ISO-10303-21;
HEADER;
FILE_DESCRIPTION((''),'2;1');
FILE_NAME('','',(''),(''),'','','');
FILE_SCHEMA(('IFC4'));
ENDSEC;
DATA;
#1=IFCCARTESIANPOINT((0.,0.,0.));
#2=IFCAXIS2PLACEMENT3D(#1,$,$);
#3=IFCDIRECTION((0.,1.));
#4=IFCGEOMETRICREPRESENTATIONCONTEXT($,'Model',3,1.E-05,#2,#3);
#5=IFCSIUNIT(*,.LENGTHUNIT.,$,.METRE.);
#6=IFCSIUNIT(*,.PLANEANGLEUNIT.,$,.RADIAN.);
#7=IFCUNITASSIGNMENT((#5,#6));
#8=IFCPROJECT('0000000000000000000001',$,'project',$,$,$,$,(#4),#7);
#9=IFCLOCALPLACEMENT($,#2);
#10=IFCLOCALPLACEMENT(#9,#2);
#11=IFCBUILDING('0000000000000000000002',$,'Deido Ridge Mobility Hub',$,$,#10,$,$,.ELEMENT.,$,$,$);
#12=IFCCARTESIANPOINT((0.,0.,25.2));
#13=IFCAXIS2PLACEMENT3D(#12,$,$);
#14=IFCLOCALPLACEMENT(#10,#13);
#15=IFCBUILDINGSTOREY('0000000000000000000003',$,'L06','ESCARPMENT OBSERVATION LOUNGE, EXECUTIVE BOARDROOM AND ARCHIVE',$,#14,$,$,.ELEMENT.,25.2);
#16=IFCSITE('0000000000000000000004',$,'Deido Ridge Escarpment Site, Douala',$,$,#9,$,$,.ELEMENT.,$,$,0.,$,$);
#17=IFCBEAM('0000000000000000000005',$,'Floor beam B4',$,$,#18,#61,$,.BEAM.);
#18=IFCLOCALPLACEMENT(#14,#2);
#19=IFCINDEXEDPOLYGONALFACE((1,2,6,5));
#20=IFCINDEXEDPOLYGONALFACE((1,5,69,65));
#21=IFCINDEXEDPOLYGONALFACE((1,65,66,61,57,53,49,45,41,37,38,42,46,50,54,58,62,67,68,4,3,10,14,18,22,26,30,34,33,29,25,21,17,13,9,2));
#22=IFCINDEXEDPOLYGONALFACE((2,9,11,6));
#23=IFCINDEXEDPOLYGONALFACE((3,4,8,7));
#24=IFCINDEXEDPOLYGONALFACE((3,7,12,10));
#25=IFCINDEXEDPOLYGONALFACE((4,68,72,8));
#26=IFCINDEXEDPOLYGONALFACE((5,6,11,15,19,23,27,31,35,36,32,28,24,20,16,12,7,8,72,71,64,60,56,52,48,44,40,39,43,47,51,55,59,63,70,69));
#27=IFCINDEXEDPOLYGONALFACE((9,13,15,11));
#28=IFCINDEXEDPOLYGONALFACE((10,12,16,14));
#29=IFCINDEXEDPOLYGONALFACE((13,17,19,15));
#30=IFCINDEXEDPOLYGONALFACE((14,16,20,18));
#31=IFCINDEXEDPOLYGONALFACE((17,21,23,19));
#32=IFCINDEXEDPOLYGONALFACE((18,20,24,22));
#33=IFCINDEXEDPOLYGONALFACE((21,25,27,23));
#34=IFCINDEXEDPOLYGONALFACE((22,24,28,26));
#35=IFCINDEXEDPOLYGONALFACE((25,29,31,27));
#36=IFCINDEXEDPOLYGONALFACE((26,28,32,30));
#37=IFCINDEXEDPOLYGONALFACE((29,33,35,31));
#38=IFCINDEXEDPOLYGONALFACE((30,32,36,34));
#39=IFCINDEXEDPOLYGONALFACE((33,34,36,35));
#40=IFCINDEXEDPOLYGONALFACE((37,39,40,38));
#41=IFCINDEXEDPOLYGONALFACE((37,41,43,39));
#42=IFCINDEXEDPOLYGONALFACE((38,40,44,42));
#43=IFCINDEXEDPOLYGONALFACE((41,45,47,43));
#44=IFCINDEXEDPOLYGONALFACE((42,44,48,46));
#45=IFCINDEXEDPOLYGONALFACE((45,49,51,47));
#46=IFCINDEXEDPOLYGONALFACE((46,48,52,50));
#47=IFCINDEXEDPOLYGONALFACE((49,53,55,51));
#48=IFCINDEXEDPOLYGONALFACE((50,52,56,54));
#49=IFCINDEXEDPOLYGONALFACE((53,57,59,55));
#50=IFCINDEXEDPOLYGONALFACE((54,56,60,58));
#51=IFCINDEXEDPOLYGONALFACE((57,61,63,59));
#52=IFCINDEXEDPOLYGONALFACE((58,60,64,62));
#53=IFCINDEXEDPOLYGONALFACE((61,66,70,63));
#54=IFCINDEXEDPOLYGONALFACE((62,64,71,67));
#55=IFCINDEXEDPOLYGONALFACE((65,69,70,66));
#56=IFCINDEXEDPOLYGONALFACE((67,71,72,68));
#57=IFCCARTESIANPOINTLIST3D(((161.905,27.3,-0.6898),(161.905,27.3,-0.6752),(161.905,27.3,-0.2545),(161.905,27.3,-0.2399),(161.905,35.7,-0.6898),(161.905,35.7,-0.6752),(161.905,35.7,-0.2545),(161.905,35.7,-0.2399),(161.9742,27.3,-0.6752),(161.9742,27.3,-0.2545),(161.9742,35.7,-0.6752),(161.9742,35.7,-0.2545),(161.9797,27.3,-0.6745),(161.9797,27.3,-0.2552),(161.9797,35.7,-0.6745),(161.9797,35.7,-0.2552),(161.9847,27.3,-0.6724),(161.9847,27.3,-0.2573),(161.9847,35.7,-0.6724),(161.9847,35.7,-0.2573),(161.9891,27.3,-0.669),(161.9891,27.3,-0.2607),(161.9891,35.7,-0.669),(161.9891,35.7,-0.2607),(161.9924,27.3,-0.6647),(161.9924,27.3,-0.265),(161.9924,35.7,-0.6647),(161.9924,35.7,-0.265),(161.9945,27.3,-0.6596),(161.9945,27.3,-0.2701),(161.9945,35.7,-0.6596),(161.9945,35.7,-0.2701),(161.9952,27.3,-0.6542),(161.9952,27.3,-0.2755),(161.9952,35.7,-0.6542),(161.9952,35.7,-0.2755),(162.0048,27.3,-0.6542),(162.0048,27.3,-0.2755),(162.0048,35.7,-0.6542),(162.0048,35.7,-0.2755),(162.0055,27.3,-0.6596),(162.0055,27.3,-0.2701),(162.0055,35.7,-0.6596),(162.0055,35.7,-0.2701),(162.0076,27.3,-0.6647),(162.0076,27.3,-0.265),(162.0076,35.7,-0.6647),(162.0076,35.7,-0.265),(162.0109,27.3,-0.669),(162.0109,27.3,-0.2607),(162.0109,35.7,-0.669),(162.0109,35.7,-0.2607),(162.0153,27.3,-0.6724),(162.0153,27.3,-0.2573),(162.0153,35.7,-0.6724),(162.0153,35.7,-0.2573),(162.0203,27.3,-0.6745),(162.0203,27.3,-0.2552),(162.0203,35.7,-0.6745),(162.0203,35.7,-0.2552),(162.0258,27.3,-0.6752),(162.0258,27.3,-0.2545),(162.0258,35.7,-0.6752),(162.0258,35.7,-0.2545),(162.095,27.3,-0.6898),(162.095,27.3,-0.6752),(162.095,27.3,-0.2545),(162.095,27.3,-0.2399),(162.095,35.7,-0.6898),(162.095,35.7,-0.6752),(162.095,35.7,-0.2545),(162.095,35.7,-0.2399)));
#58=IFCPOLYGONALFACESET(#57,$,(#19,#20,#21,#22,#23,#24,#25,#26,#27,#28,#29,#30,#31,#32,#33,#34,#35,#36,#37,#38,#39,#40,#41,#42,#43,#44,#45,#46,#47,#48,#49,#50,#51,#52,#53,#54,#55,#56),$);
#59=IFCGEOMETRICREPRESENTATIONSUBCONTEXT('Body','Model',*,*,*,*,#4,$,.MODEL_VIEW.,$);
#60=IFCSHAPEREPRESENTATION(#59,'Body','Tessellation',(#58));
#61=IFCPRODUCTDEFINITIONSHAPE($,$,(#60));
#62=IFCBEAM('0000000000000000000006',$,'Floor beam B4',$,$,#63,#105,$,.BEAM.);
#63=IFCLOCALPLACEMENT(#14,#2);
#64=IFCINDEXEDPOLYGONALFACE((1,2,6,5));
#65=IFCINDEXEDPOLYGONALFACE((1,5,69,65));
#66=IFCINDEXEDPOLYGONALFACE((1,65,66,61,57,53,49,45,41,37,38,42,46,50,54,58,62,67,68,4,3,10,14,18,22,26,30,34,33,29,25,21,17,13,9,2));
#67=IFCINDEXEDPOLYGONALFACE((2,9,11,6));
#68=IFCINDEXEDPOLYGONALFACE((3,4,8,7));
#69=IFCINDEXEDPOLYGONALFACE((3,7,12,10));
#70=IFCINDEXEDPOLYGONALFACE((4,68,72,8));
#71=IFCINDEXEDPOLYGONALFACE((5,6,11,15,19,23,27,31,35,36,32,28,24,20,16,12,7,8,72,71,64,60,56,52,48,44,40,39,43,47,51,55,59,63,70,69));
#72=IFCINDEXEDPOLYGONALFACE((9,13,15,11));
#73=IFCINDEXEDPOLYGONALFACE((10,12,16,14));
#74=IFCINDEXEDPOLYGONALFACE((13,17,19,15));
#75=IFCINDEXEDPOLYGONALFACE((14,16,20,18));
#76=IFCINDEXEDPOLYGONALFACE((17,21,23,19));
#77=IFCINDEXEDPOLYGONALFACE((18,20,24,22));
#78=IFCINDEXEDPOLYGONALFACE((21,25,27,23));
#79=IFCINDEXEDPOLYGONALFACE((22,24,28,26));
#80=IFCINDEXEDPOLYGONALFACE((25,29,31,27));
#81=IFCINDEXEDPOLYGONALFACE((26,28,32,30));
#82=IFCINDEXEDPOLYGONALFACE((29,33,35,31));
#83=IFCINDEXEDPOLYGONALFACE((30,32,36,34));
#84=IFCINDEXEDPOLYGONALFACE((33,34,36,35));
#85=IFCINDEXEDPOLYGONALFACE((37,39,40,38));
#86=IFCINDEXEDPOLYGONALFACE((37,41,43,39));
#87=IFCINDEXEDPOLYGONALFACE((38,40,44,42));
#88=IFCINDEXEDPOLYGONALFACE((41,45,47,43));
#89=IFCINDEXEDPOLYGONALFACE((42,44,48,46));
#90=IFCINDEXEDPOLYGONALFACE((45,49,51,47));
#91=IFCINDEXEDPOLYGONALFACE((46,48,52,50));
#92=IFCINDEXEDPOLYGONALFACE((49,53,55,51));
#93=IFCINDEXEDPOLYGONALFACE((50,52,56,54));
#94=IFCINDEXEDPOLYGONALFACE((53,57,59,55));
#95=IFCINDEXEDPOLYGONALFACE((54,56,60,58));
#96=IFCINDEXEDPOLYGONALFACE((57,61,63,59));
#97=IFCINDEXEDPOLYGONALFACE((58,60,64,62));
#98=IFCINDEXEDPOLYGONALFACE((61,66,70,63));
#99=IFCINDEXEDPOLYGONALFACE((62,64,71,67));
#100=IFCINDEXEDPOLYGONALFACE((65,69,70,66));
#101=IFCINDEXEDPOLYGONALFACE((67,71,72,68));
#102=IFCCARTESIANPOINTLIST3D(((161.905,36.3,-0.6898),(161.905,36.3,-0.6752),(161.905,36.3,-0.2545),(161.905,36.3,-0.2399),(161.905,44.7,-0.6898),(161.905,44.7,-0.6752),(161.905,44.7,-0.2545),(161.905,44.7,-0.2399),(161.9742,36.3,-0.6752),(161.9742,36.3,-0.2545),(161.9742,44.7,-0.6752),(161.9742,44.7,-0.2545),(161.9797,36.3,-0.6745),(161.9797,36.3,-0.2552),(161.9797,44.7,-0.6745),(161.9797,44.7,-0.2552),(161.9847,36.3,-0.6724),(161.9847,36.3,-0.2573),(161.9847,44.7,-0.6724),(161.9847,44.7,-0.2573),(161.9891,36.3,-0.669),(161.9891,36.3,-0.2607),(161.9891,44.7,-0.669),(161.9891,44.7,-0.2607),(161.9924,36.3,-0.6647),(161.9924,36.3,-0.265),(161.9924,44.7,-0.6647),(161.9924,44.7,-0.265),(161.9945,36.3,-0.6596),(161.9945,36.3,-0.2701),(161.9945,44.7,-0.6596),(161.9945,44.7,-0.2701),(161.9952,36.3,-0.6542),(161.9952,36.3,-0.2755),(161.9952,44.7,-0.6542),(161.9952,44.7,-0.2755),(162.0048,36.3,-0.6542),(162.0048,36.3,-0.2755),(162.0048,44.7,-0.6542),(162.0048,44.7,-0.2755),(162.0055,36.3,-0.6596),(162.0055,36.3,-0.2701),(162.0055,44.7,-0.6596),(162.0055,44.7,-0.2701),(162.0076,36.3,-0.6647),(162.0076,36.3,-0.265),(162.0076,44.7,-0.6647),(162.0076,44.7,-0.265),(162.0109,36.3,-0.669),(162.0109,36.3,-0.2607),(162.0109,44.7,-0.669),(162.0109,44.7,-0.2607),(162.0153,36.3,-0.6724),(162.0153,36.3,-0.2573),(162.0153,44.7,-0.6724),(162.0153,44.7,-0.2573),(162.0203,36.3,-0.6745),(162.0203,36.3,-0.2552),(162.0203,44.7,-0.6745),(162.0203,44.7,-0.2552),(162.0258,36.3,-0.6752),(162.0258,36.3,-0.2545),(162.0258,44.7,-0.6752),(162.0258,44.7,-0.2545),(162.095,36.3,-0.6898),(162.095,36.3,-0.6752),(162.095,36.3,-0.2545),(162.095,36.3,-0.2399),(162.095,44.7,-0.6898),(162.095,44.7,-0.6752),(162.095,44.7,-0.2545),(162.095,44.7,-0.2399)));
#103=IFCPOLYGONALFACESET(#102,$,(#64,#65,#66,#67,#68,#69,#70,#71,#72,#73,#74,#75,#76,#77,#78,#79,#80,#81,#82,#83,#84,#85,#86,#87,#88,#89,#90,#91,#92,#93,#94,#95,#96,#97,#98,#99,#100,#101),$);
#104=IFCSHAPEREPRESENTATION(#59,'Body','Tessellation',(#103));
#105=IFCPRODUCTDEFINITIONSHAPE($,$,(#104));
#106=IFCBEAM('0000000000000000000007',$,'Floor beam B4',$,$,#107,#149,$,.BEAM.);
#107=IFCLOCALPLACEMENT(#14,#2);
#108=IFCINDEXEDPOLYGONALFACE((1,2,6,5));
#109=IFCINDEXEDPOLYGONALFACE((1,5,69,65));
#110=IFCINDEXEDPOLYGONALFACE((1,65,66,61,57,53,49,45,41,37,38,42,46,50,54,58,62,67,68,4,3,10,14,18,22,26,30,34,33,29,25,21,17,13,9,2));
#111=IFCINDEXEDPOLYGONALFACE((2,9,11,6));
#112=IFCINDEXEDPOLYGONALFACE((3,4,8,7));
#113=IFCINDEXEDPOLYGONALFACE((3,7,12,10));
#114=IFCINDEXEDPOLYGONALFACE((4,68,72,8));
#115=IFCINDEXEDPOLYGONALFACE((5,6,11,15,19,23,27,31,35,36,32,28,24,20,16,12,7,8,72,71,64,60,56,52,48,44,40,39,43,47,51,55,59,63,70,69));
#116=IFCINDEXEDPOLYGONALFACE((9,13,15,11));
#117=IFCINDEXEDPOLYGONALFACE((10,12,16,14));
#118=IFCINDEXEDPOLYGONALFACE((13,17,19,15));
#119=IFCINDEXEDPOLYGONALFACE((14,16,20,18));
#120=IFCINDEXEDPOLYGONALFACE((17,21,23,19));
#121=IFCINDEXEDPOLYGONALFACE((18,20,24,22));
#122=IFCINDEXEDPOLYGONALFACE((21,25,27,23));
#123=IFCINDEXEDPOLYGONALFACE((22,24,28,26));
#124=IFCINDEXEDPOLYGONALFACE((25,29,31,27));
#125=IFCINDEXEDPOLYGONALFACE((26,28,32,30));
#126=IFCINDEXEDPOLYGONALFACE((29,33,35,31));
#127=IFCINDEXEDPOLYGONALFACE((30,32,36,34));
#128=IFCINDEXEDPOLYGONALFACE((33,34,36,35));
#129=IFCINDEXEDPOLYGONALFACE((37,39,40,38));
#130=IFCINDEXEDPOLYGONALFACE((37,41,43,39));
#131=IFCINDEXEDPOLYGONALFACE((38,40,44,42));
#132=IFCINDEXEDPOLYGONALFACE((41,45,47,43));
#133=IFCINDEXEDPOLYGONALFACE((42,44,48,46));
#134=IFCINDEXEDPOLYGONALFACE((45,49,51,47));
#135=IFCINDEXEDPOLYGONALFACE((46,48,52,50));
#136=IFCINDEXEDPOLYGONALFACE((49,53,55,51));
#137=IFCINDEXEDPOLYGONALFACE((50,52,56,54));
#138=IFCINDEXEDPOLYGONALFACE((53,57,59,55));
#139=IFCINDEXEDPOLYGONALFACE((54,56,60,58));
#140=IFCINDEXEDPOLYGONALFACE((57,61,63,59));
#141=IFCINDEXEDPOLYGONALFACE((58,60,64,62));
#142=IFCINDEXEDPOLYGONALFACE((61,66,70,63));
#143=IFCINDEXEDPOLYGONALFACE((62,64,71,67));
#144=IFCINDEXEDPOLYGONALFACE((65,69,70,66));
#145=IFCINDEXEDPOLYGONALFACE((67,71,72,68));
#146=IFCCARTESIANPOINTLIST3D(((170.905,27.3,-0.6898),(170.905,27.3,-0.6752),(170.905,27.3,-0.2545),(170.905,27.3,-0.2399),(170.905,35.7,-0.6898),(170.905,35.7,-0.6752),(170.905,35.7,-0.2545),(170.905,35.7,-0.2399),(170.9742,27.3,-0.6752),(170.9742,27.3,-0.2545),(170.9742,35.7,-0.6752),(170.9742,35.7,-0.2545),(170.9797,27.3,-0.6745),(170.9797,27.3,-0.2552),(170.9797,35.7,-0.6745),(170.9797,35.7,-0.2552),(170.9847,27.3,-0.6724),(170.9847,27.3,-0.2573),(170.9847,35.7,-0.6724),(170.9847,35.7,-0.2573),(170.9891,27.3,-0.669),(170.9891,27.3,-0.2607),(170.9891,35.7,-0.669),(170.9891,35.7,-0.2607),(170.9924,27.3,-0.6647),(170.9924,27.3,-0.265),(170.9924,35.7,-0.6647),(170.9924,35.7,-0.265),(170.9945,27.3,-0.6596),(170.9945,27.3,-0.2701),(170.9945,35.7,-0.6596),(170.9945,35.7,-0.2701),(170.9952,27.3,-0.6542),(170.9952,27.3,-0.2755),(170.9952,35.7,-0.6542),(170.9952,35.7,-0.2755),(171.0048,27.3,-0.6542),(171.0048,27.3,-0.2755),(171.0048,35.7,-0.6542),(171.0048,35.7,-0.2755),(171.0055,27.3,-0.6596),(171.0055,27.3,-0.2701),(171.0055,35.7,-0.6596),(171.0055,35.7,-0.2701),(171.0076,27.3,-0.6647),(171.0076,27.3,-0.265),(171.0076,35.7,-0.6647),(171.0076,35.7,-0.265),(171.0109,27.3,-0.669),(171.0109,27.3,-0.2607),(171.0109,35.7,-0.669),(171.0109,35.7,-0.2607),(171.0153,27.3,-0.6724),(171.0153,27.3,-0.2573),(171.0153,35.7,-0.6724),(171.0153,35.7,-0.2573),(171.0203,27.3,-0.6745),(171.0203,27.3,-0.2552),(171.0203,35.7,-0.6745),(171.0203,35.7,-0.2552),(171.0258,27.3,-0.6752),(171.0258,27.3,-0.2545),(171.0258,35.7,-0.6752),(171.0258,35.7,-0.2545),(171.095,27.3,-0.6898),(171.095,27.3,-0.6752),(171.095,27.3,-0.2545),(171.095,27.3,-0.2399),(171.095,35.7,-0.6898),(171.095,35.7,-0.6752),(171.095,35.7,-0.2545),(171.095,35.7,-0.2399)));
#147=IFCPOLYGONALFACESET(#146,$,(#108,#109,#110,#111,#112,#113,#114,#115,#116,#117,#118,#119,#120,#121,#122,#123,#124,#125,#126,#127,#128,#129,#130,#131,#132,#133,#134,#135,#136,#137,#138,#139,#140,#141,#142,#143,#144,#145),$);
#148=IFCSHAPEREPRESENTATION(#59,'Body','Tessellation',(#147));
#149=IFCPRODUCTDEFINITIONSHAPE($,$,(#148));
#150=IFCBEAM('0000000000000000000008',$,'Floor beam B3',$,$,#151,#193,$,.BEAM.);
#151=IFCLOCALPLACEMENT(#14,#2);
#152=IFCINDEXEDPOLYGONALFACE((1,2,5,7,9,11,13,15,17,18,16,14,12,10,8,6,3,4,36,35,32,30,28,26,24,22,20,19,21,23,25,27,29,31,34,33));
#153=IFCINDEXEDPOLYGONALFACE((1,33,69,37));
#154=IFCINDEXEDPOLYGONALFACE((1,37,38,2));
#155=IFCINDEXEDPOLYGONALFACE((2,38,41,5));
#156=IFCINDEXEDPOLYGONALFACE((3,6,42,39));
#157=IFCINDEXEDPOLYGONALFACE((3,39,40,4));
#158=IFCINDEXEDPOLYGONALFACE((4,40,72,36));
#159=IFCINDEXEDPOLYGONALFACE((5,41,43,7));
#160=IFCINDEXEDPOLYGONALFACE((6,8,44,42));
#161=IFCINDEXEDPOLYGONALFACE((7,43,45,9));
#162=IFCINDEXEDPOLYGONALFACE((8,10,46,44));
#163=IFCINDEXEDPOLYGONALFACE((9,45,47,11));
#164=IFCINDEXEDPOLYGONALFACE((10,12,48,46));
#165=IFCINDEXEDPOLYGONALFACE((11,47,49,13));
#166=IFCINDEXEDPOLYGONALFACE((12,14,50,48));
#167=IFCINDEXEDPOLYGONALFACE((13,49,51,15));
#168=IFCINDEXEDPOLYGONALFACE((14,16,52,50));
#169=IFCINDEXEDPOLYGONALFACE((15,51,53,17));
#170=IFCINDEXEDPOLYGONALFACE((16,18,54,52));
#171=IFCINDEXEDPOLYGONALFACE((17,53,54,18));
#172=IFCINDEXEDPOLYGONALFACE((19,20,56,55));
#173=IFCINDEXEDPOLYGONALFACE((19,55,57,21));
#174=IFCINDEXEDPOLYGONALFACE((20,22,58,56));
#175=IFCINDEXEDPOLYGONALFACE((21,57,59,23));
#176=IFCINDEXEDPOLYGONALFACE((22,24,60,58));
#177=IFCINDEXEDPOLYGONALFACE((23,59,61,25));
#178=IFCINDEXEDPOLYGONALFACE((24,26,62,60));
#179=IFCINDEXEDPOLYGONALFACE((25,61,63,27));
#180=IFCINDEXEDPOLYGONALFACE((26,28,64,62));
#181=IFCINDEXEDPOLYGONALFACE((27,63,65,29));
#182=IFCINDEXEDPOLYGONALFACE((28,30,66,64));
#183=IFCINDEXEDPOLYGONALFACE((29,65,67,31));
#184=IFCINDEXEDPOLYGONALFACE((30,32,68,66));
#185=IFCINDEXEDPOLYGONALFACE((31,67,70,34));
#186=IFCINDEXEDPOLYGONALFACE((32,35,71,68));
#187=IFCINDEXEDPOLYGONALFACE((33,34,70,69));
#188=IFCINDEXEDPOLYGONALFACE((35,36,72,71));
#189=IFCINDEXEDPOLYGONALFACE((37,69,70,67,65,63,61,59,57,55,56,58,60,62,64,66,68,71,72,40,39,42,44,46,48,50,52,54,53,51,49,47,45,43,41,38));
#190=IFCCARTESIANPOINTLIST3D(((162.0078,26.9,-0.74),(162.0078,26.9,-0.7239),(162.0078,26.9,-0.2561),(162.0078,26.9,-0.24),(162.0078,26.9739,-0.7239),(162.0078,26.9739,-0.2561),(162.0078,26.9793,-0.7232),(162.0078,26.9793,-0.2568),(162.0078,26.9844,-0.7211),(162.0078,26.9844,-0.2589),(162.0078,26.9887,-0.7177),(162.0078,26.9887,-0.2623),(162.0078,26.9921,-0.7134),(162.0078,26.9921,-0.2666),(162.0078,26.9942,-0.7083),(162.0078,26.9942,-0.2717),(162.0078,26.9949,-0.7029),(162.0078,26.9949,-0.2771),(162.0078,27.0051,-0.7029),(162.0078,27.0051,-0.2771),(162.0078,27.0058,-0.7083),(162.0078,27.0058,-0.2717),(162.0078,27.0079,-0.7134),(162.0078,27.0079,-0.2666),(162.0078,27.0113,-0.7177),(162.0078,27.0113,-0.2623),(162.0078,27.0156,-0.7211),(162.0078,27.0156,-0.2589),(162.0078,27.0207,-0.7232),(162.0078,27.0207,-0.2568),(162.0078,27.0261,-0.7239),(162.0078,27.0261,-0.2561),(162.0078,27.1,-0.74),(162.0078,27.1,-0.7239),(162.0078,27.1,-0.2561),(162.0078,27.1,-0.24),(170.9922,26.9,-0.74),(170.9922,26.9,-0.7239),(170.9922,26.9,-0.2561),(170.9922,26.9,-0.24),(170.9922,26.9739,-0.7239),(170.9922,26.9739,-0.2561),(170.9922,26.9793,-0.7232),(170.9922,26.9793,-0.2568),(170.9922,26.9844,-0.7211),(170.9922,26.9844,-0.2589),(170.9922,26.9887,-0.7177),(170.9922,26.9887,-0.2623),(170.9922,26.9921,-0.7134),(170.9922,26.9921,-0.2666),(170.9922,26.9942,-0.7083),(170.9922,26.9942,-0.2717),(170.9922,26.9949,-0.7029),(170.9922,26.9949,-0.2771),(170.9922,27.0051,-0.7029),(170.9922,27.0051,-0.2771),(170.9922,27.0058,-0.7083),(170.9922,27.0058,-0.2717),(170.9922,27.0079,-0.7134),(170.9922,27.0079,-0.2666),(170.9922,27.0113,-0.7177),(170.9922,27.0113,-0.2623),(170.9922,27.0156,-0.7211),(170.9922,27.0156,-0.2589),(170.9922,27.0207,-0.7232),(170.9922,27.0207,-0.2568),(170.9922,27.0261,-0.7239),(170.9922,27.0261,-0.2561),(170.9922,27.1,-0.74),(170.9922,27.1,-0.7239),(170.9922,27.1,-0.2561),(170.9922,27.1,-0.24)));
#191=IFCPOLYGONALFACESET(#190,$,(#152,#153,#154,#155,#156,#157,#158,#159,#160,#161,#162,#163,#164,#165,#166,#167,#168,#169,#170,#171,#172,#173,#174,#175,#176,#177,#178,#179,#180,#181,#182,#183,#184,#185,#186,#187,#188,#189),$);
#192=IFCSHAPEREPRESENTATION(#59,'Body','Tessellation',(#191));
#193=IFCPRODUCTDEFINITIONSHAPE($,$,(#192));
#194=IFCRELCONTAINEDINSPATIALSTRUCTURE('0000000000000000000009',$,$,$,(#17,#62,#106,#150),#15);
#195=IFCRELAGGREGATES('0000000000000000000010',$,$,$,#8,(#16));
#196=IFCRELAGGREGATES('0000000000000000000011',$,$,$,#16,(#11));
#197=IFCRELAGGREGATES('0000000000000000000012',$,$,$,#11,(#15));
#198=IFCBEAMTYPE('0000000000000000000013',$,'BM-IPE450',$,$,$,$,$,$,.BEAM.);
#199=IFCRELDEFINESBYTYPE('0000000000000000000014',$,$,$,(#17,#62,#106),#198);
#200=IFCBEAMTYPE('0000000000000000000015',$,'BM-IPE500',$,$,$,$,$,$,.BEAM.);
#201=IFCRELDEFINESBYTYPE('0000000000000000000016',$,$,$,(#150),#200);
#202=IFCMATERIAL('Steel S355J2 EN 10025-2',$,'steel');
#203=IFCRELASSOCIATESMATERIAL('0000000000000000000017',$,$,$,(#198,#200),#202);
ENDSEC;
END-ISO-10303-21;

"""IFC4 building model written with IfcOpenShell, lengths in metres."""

from ifc_helpers import new_model, si_unit, direction, frame, origin, origin_2d, place, context, subcontext, project, spatial, i_section, extrude, material, material_profile, profile_set, type_object, element, save


model = new_model("IFC4")

# Units and contexts
model_context = context("Model", 3, precision=1e-05, world=origin(), true_north=direction((0.0, 1.0)))
body_context = subcontext(model_context, "Body", "Model", "MODEL_VIEW")
ifc_project = project(units=[si_unit("LENGTHUNIT", "METRE"), si_unit("PLANEANGLEUNIT", "RADIAN")], contexts=[model_context])

# Site, building, storey
site_placement = place(None, origin())
site = spatial("IfcSite", under=ifc_project, at=site_placement, Name="Deido Ridge Escarpment Site, Douala", CompositionType="ELEMENT", RefElevation=0.0)
building_placement = place(site_placement, origin())
building = spatial("IfcBuilding", under=site, at=building_placement, Name="Deido Ridge Mobility Hub", CompositionType="ELEMENT")
storey_placement = place(building_placement, frame((0.0, 0.0, 25.2)))
storey = spatial("IfcBuildingStorey", under=building, at=storey_placement, Name="L06", Description="ESCARPMENT OBSERVATION LOUNGE, EXECUTIVE BOARDROOM AND ARCHIVE", CompositionType="ELEMENT", Elevation=25.2)

# Shared definitions
ifc_material_1 = material(Name="Steel S355J2 EN 10025-2", Category="steel")

# Beams
ifc_material_profile_1 = material_profile(ifc_material_1, i_section(OverallWidth=0.1899, OverallDepth=0.45, WebThickness=0.0095, FlangeThickness=0.0146, FilletRadius=0.021, at=origin_2d()), Name="IPE 450")
ifc_profile_set_1 = profile_set([ifc_material_profile_1], Name="Steel S355J2 EN 10025-2")
beam_type_1 = type_object("IfcBeamType", Name="BM-IPE450", PredefinedType="BEAM", material=ifc_profile_set_1)
for number, where, z_axis, x_axis, name in (
    (1, (162.0, 27.3, -0.4648), (0.0, 1.0, 0.0), (-1.0, 0.0, 0.0), "Floor beam B4"),
    (2, (162.0, 36.3, -0.4648), (0.0, 1.0, 0.0), (-1.0, 0.0, 0.0), "Floor beam B4"),
    (3, (171.0, 27.3, -0.4648), (0.0, 1.0, 0.0), (-1.0, 0.0, 0.0), "Floor beam B4"),
):
    element("IfcBeam", number, at=place(storey_placement, frame(where, z_axis=z_axis, x_axis=x_axis)), inside=storey, type_object=beam_type_1, Name=name, PredefinedType="BEAM", context=body_context, shape_type="SweptSolid", body=[
        extrude(i_section(OverallWidth=0.1899, OverallDepth=0.45, WebThickness=0.0095, FlangeThickness=0.0146, FilletRadius=0.021, at=origin_2d()), origin(), (0.0, 0.0, 1.0), 8.3999),
    ])
ifc_material_profile_2 = material_profile(ifc_material_1, i_section(OverallWidth=0.2, OverallDepth=0.5, WebThickness=0.0103, FlangeThickness=0.0161, FilletRadius=0.021, at=origin_2d()), Name="IPE 500")
ifc_profile_set_2 = profile_set([ifc_material_profile_2], Name="Steel S355J2 EN 10025-2")
beam_type_2 = type_object("IfcBeamType", Name="BM-IPE500", PredefinedType="BEAM", material=ifc_profile_set_2)
for number, where, z_axis, x_axis, name in (
    (4, (162.0078, 27.0, -0.49), (1.0, 0.0, 0.0), (0.0, 1.0, 0.0), "Floor beam B3"),
):
    element("IfcBeam", number, at=place(storey_placement, frame(where, z_axis=z_axis, x_axis=x_axis)), inside=storey, type_object=beam_type_2, Name=name, PredefinedType="BEAM", context=body_context, shape_type="SweptSolid", body=[
        extrude(i_section(OverallWidth=0.2, OverallDepth=0.5, WebThickness=0.0103, FlangeThickness=0.0161, FilletRadius=0.021, at=origin_2d()), origin(), (0.0, 0.0, 1.0), 8.9844),
    ])

save(model, "model.ifc")
